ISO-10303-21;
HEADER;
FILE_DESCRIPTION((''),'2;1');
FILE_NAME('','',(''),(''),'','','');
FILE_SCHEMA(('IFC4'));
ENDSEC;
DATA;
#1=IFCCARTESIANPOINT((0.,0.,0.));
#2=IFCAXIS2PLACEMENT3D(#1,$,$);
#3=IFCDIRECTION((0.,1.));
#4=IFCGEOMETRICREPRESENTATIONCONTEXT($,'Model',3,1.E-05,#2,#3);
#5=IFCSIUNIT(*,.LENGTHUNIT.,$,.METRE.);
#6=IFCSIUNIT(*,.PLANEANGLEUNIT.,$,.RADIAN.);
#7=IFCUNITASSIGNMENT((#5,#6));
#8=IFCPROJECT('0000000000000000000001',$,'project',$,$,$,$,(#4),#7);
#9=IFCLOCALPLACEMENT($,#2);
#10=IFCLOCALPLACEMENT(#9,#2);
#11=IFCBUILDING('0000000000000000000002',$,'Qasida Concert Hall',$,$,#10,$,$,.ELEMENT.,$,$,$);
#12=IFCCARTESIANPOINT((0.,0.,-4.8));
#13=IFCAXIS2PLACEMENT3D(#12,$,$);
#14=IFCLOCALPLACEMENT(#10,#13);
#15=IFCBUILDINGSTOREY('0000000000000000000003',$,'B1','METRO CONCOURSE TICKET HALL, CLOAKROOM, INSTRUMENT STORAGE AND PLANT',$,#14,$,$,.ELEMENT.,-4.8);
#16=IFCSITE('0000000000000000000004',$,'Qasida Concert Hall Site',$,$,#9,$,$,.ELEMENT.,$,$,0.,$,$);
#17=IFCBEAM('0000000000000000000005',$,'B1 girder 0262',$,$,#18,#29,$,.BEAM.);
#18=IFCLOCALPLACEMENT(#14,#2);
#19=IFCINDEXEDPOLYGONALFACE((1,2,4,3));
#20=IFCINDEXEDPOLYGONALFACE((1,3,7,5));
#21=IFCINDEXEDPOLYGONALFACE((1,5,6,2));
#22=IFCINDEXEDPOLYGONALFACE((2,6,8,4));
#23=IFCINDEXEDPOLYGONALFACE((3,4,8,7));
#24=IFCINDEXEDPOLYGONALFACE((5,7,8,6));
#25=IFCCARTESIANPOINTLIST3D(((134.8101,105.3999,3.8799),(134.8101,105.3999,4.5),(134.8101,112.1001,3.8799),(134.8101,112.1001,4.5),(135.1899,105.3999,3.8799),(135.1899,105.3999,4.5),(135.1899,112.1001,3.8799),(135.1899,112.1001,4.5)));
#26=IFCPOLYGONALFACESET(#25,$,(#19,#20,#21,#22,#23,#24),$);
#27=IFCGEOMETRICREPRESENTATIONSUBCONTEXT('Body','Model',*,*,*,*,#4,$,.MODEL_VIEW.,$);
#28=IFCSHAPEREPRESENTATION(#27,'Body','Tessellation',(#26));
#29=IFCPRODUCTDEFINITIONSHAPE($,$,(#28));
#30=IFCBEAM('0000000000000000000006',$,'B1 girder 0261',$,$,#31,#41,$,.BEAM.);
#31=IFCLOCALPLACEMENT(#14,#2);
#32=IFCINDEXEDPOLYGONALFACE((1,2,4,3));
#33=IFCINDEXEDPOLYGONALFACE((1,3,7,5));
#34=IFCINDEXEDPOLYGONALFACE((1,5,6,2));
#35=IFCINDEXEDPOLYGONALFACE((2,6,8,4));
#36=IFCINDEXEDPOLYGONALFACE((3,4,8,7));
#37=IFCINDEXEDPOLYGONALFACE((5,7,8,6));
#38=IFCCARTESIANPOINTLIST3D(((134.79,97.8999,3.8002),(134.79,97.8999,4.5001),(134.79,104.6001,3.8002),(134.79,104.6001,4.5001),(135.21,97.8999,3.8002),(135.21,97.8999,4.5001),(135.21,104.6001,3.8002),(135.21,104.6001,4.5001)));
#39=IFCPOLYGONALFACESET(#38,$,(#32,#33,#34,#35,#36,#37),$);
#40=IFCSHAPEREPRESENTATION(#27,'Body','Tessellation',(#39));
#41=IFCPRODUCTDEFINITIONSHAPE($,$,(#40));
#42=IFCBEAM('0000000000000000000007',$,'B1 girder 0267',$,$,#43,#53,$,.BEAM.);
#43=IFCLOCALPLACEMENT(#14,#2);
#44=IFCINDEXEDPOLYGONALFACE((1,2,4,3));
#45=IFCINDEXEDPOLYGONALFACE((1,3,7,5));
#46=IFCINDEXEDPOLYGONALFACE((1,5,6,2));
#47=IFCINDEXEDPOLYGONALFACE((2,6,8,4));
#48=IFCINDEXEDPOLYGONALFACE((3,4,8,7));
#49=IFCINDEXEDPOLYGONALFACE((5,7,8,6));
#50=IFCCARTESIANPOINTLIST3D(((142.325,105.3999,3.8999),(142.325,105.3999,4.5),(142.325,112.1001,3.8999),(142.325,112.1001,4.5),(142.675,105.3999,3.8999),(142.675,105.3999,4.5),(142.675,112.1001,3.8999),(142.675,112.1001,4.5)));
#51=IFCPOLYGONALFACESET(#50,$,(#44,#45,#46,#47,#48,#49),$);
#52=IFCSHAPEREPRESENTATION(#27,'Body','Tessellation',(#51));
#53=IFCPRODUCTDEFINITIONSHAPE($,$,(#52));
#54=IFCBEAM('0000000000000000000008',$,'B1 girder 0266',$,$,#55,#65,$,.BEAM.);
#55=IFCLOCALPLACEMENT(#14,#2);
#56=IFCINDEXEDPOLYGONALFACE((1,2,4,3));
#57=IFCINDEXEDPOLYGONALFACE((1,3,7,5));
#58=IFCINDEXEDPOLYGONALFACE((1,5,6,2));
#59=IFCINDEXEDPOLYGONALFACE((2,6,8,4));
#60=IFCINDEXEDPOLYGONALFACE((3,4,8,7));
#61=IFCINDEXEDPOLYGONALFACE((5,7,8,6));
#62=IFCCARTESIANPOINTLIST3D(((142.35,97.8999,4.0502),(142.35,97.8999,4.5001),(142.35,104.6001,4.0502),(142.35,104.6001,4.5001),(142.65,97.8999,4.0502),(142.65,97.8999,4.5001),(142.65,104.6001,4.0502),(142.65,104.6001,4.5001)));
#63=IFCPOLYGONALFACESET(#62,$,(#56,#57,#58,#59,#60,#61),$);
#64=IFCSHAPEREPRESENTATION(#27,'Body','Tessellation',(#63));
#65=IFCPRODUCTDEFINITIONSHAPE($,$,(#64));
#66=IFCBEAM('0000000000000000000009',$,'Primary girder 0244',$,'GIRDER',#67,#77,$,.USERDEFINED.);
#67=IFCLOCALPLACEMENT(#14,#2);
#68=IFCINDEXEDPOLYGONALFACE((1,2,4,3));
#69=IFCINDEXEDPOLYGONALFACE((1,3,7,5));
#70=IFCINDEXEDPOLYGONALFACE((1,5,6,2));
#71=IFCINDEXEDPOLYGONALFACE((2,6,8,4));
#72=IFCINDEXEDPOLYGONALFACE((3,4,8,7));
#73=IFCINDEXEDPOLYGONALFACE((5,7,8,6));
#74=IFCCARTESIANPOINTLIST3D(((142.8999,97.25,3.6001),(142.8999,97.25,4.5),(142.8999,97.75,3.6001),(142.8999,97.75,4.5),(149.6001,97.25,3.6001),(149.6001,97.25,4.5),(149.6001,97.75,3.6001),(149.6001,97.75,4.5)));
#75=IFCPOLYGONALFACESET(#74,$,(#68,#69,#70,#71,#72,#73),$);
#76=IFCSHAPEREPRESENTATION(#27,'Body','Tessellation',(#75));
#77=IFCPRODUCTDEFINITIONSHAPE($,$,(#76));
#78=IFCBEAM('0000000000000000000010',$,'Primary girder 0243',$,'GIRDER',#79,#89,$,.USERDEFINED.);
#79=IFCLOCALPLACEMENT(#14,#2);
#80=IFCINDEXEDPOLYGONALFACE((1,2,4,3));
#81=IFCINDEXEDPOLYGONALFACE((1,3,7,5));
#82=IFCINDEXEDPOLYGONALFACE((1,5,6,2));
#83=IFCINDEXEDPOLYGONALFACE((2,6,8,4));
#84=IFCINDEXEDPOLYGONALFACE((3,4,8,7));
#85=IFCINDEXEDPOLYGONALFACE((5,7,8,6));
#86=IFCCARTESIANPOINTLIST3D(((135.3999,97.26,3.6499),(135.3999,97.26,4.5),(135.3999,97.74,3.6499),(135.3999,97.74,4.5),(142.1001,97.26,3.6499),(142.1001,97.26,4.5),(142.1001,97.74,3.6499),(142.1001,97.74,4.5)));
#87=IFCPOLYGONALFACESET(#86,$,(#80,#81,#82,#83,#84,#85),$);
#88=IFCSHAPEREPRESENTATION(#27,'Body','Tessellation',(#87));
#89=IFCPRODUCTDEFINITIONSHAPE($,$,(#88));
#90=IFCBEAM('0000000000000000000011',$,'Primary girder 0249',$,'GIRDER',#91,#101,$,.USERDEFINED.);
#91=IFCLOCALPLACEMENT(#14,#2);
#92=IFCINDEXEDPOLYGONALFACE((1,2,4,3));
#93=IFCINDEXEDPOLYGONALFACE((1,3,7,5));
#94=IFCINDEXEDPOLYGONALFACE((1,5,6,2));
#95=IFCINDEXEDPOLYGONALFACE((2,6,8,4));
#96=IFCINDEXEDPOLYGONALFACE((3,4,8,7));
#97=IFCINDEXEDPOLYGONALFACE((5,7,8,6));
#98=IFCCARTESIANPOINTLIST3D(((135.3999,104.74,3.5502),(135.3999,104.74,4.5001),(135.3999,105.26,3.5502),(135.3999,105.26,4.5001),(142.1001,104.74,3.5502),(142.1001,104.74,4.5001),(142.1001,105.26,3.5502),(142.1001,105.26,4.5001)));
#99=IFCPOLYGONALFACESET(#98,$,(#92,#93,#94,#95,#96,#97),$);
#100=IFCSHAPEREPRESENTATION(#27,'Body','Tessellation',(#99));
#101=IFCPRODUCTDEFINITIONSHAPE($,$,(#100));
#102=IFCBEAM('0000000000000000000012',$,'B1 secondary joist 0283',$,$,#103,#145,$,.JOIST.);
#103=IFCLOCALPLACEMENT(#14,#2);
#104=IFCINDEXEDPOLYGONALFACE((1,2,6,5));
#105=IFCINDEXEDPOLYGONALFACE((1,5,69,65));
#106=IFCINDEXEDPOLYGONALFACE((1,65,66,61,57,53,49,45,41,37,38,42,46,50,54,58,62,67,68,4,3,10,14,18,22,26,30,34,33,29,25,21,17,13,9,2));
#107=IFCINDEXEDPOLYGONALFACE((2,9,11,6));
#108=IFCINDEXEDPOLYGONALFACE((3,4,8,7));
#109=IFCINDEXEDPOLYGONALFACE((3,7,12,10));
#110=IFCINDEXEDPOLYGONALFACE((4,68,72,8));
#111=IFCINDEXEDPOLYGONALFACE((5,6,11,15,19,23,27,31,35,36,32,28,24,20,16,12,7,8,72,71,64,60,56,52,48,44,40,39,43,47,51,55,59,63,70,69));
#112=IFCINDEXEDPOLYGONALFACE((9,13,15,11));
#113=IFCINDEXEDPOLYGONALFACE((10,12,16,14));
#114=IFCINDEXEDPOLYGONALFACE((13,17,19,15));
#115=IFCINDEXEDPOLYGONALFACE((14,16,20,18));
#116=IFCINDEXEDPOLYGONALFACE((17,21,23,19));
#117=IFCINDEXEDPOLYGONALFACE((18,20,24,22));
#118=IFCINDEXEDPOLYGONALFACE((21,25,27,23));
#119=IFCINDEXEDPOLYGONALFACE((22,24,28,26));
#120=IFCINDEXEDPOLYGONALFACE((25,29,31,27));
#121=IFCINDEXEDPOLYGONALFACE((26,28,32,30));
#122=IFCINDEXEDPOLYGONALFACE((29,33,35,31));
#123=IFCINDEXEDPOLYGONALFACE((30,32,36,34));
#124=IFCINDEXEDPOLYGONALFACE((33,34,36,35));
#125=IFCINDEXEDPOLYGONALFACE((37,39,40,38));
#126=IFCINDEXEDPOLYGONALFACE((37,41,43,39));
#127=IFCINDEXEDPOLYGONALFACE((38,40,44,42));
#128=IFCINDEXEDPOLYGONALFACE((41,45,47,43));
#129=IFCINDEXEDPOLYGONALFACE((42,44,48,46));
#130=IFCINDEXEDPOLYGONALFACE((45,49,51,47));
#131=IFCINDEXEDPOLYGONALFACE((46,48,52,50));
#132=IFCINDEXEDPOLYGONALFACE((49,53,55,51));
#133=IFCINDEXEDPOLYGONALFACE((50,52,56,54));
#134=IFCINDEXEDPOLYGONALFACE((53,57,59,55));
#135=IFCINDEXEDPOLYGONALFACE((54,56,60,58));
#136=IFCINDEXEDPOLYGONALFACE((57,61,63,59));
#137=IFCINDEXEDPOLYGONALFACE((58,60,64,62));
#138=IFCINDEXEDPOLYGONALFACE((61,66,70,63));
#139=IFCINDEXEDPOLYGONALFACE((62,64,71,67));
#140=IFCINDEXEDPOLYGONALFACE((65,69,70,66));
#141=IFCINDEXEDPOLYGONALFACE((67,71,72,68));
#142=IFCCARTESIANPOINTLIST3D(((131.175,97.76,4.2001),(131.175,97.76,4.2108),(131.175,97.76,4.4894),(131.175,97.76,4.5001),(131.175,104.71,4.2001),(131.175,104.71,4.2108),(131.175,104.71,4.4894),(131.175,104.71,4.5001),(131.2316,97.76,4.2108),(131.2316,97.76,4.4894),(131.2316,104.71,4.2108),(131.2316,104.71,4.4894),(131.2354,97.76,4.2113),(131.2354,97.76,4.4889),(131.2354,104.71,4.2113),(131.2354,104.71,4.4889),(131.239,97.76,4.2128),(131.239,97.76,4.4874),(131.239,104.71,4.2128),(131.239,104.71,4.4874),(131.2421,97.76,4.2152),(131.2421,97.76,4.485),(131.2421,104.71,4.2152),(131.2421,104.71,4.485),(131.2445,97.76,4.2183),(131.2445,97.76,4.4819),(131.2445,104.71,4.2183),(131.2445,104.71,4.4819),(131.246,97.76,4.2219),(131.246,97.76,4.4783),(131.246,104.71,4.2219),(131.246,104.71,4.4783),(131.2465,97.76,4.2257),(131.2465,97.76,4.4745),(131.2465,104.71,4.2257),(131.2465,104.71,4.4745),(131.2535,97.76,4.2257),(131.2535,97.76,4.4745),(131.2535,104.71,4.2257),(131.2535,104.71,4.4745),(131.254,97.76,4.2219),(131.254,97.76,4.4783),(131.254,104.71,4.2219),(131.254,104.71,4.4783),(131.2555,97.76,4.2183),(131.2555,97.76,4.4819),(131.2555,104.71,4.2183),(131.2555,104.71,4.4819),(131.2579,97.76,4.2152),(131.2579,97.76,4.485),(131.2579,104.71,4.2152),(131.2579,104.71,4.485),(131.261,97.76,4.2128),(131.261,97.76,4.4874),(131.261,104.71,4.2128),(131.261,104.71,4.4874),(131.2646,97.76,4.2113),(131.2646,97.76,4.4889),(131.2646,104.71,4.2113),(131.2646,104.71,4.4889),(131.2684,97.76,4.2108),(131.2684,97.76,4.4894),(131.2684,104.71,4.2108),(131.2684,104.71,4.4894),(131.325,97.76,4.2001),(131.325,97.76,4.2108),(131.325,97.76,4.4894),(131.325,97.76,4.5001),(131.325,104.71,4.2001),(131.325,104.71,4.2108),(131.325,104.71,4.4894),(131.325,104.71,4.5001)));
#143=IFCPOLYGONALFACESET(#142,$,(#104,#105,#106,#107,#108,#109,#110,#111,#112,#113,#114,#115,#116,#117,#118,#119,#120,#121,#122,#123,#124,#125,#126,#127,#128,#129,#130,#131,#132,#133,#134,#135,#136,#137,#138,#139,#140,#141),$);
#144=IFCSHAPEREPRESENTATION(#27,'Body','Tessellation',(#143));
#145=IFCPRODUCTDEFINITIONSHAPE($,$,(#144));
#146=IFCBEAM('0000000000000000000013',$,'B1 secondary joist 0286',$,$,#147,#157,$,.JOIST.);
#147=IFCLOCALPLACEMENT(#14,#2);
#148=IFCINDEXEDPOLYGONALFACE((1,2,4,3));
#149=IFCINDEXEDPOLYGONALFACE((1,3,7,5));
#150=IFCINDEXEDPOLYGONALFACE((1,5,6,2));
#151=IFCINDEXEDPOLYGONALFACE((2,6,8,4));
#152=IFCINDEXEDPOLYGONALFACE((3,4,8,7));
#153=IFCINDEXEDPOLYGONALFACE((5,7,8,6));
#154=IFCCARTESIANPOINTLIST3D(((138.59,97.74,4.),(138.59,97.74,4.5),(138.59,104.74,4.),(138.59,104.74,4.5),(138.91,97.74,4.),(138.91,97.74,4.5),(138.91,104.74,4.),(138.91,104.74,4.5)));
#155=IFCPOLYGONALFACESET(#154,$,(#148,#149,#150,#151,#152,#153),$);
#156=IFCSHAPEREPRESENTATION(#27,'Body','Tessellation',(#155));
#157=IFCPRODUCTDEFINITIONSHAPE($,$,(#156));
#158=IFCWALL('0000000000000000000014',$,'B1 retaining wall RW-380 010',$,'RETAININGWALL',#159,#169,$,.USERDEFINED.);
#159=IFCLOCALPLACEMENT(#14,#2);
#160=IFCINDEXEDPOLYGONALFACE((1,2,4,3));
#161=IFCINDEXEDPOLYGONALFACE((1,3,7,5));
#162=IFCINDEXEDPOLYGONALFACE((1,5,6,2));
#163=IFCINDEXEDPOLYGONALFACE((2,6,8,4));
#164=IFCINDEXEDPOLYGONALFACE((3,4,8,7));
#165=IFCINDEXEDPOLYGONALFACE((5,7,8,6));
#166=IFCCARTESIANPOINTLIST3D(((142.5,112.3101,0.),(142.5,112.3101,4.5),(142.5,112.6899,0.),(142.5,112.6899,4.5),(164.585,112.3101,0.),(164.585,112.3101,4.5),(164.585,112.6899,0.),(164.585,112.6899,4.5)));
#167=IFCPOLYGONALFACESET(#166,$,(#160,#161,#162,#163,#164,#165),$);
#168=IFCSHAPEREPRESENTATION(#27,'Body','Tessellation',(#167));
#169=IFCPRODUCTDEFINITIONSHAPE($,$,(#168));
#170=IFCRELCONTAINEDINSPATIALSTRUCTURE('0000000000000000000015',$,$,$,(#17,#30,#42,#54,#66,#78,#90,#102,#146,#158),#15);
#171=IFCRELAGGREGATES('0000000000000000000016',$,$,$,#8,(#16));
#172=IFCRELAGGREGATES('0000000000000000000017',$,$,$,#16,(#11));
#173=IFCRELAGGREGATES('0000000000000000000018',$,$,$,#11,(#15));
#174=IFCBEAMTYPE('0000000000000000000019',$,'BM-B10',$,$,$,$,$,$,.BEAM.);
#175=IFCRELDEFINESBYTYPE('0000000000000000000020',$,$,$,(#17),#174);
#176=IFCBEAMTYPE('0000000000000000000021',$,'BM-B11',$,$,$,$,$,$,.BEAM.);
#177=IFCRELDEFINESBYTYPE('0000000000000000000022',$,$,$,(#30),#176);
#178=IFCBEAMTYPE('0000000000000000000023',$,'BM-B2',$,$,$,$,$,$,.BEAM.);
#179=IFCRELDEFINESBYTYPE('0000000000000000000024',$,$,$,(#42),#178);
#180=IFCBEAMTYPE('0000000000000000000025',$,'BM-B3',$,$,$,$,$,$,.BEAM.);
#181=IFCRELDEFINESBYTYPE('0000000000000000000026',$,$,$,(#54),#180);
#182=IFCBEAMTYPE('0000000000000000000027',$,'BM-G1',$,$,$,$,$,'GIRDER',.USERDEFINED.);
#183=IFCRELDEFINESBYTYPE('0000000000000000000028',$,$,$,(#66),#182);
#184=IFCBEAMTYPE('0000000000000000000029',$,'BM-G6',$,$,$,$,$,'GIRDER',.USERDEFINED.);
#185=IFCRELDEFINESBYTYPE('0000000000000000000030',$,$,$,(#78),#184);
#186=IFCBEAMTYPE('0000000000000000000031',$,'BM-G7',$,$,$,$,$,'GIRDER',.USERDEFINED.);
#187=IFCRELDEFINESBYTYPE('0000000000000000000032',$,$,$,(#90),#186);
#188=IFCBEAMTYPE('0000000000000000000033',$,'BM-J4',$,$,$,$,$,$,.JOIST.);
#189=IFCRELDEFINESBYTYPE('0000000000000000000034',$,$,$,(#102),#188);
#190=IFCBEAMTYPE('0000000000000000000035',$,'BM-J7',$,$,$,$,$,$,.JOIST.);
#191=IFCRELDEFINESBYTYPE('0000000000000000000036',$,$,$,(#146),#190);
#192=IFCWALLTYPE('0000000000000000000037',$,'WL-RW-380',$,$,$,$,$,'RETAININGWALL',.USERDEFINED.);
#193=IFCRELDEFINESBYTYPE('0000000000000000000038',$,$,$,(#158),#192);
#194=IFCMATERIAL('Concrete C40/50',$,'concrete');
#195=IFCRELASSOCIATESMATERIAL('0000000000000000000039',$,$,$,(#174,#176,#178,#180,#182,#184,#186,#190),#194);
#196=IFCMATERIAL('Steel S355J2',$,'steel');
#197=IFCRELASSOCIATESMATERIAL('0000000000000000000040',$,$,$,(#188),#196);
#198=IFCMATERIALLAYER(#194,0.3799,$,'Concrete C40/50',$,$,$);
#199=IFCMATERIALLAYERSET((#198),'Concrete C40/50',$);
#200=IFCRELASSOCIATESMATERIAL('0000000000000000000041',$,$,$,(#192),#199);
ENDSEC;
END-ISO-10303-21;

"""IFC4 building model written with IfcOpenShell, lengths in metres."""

from ifc_helpers import new_model, si_unit, direction, frame, frame_2d, origin, origin_2d, place, context, subcontext, project, spatial, rectangle, i_section, extrude, material, layer, layer_set, material_profile, profile_set, type_object, element, save


model = new_model("IFC4")

# Units and contexts
model_context = context("Model", 3, precision=1e-05, world=origin(), true_north=direction((0.0, 1.0)))
body_context = subcontext(model_context, "Body", "Model", "MODEL_VIEW")
ifc_project = project(units=[si_unit("LENGTHUNIT", "METRE"), si_unit("PLANEANGLEUNIT", "RADIAN")], contexts=[model_context])

# Site, building, storey
site_placement = place(None, origin())
site = spatial("IfcSite", under=ifc_project, at=site_placement, Name="Qasida Concert Hall Site", CompositionType="ELEMENT", RefElevation=0.0)
building_placement = place(site_placement, origin())
building = spatial("IfcBuilding", under=site, at=building_placement, Name="Qasida Concert Hall", CompositionType="ELEMENT")
storey_placement = place(building_placement, frame((0.0, 0.0, -4.8)))
storey = spatial("IfcBuildingStorey", under=building, at=storey_placement, Name="B1", Description="METRO CONCOURSE TICKET HALL, CLOAKROOM, INSTRUMENT STORAGE AND PLANT", CompositionType="ELEMENT", Elevation=-4.8)

# Shared definitions
ifc_material_1 = material(Name="Concrete C40/50", Category="concrete")

# Beams
ifc_material_profile_1 = material_profile(ifc_material_1, rectangle(XDim=0.3799, YDim=0.6201, at=origin_2d()), Name="RC 380x620")
ifc_profile_set_1 = profile_set([ifc_material_profile_1], Name="Concrete C40/50")
beam_type_1 = type_object("IfcBeamType", Name="BM-B10", PredefinedType="BEAM", material=ifc_profile_set_1)
beam_1_placement = place(storey_placement, frame((135.0, 105.3999, 4.1899), z_axis=(0.0, 1.0, 0.0), x_axis=(-1.0, 0.0, 0.0)))
element("IfcBeam", 1, at=beam_1_placement, inside=storey, type_object=beam_type_1, Name="B1 girder 0262", PredefinedType="BEAM", context=body_context, shape_type="SweptSolid", body=[
    extrude(rectangle(XDim=0.3799, YDim=0.6201, at=origin_2d()), origin(), (0.0, 0.0, 1.0), 6.7002),
])
ifc_material_profile_2 = material_profile(ifc_material_1, rectangle(XDim=0.4199, YDim=0.7, at=origin_2d()), Name="RC 420x700")
ifc_profile_set_2 = profile_set([ifc_material_profile_2], Name="Concrete C40/50")
beam_type_2 = type_object("IfcBeamType", Name="BM-B11", PredefinedType="BEAM", material=ifc_profile_set_2)
beam_2_placement = place(storey_placement, frame((135.0, 97.8999, 4.1501), z_axis=(0.0, 1.0, 0.0), x_axis=(-1.0, 0.0, 0.0)))
element("IfcBeam", 2, at=beam_2_placement, inside=storey, type_object=beam_type_2, Name="B1 girder 0261", PredefinedType="BEAM", context=body_context, shape_type="SweptSolid", body=[
    extrude(rectangle(XDim=0.4199, YDim=0.7, at=origin_2d()), origin(), (0.0, 0.0, 1.0), 6.7002),
])
ifc_material_profile_3 = material_profile(ifc_material_1, rectangle(XDim=0.3501, YDim=0.6001, at=origin_2d()), Name="RC 350x600")
ifc_profile_set_3 = profile_set([ifc_material_profile_3], Name="Concrete C40/50")
beam_type_3 = type_object("IfcBeamType", Name="BM-B2", PredefinedType="BEAM", material=ifc_profile_set_3)
beam_3_placement = place(storey_placement, frame((142.5, 105.3999, 4.2), z_axis=(0.0, 1.0, 0.0), x_axis=(-1.0, 0.0, 0.0)))
element("IfcBeam", 3, at=beam_3_placement, inside=storey, type_object=beam_type_3, Name="B1 girder 0267", PredefinedType="BEAM", context=body_context, shape_type="SweptSolid", body=[
    extrude(rectangle(XDim=0.3501, YDim=0.6001, at=origin_2d()), origin(), (0.0, 0.0, 1.0), 6.7002),
])
ifc_material_profile_4 = material_profile(ifc_material_1, rectangle(XDim=0.3, YDim=0.45, at=origin_2d()), Name="RC 300x450")
ifc_profile_set_4 = profile_set([ifc_material_profile_4], Name="Concrete C40/50")
beam_type_4 = type_object("IfcBeamType", Name="BM-B3", PredefinedType="BEAM", material=ifc_profile_set_4)
beam_4_placement = place(storey_placement, frame((142.5, 97.8999, 4.2751), z_axis=(0.0, 1.0, 0.0), x_axis=(-1.0, 0.0, 0.0)))
element("IfcBeam", 4, at=beam_4_placement, inside=storey, type_object=beam_type_4, Name="B1 girder 0266", PredefinedType="BEAM", context=body_context, shape_type="SweptSolid", body=[
    extrude(rectangle(XDim=0.3, YDim=0.45, at=origin_2d()), origin(), (0.0, 0.0, 1.0), 6.7002),
])
ifc_material_profile_5 = material_profile(ifc_material_1, rectangle(XDim=0.5, YDim=0.8999, at=origin_2d()), Name="RC 500x900")
ifc_profile_set_5 = profile_set([ifc_material_profile_5], Name="Concrete C40/50")
beam_type_5 = type_object("IfcBeamType", Name="BM-G1", ElementType="GIRDER", PredefinedType="USERDEFINED", material=ifc_profile_set_5)
beam_5_placement = place(storey_placement, frame((142.8999, 97.5, 4.05), z_axis=(1.0, 0.0, 0.0), x_axis=(0.0, 1.0, 0.0)))
element("IfcBeam", 5, at=beam_5_placement, inside=storey, type_object=beam_type_5, Name="Primary girder 0244", ObjectType="GIRDER", PredefinedType="USERDEFINED", context=body_context, shape_type="SweptSolid", body=[
    extrude(rectangle(XDim=0.5, YDim=0.8999, at=origin_2d()), origin(), (0.0, 0.0, 1.0), 6.7002),
])
ifc_material_profile_6 = material_profile(ifc_material_1, rectangle(XDim=0.48, YDim=0.8501, at=origin_2d()), Name="RC 480x850")
ifc_profile_set_6 = profile_set([ifc_material_profile_6], Name="Concrete C40/50")
beam_type_6 = type_object("IfcBeamType", Name="BM-G6", ElementType="GIRDER", PredefinedType="USERDEFINED", material=ifc_profile_set_6)
beam_6_placement = place(storey_placement, frame((135.3999, 97.5, 4.075), z_axis=(1.0, 0.0, 0.0), x_axis=(0.0, 1.0, 0.0)))
element("IfcBeam", 6, at=beam_6_placement, inside=storey, type_object=beam_type_6, Name="Primary girder 0243", ObjectType="GIRDER", PredefinedType="USERDEFINED", context=body_context, shape_type="SweptSolid", body=[
    extrude(rectangle(XDim=0.48, YDim=0.8501, at=origin_2d()), origin(), (0.0, 0.0, 1.0), 6.7002),
])
ifc_material_profile_7 = material_profile(ifc_material_1, rectangle(XDim=0.52, YDim=0.95, at=origin_2d()), Name="RC 520x950")
ifc_profile_set_7 = profile_set([ifc_material_profile_7], Name="Concrete C40/50")
beam_type_7 = type_object("IfcBeamType", Name="BM-G7", ElementType="GIRDER", PredefinedType="USERDEFINED", material=ifc_profile_set_7)
beam_7_placement = place(storey_placement, frame((135.3999, 105.0, 4.0251), z_axis=(1.0, 0.0, 0.0), x_axis=(0.0, 1.0, 0.0)))
element("IfcBeam", 7, at=beam_7_placement, inside=storey, type_object=beam_type_7, Name="Primary girder 0249", ObjectType="GIRDER", PredefinedType="USERDEFINED", context=body_context, shape_type="SweptSolid", body=[
    extrude(rectangle(XDim=0.52, YDim=0.95, at=origin_2d()), origin(), (0.0, 0.0, 1.0), 6.7002),
])
ifc_material_2 = material(Name="Steel S355J2", Category="steel")
ifc_material_profile_8 = material_profile(ifc_material_2, i_section(OverallWidth=0.1499, OverallDepth=0.3, WebThickness=0.0071, FlangeThickness=0.0107, FilletRadius=0.0149, at=origin_2d()), Name="IPE 300")
ifc_profile_set_8 = profile_set([ifc_material_profile_8], Name="Steel S355J2")
beam_type_8 = type_object("IfcBeamType", Name="BM-J4", PredefinedType="JOIST", material=ifc_profile_set_8)
beam_8_placement = place(storey_placement, frame((131.25, 97.76, 4.3501), z_axis=(0.0, 1.0, 0.0), x_axis=(-1.0, 0.0, 0.0)))
element("IfcBeam", 8, at=beam_8_placement, inside=storey, type_object=beam_type_8, Name="B1 secondary joist 0283", PredefinedType="JOIST", context=body_context, shape_type="SweptSolid", body=[
    extrude(i_section(OverallWidth=0.1499, OverallDepth=0.3, WebThickness=0.0071, FlangeThickness=0.0107, FilletRadius=0.0149, at=origin_2d()), origin(), (0.0, 0.0, 1.0), 6.95),
])
ifc_material_profile_9 = material_profile(ifc_material_1, rectangle(XDim=0.3201, YDim=0.5, at=origin_2d()), Name="RC 320x500")
ifc_profile_set_9 = profile_set([ifc_material_profile_9], Name="Concrete C40/50")
beam_type_9 = type_object("IfcBeamType", Name="BM-J7", PredefinedType="JOIST", material=ifc_profile_set_9)
beam_9_placement = place(storey_placement, frame((138.75, 97.74, 4.25), z_axis=(0.0, 1.0, 0.0), x_axis=(-1.0, 0.0, 0.0)))
element("IfcBeam", 9, at=beam_9_placement, inside=storey, type_object=beam_type_9, Name="B1 secondary joist 0286", PredefinedType="JOIST", context=body_context, shape_type="SweptSolid", body=[
    extrude(rectangle(XDim=0.3201, YDim=0.5, at=origin_2d()), origin(), (0.0, 0.0, 1.0), 7.0),
])

# Wall
ifc_layer = layer(ifc_material_1, 0.3799, Name="Concrete C40/50")
ifc_layer_set = layer_set([ifc_layer], Name="Concrete C40/50")
wall_type = type_object("IfcWallType", Name="WL-RW-380", ElementType="RETAININGWALL", PredefinedType="USERDEFINED", material=ifc_layer_set)
wall_placement = place(storey_placement, frame((142.5, 112.5, 0.0), z_axis=(0.0, 0.0, 1.0), x_axis=(1.0, 0.0, 0.0)))
element("IfcWall", 10, at=wall_placement, inside=storey, type_object=wall_type, Name="B1 retaining wall RW-380 010", ObjectType="RETAININGWALL", PredefinedType="USERDEFINED", context=body_context, shape_type="SweptSolid", body=[
    extrude(rectangle(XDim=22.085, YDim=0.3799, at=frame_2d((11.0425, 0.0))), origin(), (0.0, 0.0, 1.0), 4.5),
])

save(model, "model.ifc")
